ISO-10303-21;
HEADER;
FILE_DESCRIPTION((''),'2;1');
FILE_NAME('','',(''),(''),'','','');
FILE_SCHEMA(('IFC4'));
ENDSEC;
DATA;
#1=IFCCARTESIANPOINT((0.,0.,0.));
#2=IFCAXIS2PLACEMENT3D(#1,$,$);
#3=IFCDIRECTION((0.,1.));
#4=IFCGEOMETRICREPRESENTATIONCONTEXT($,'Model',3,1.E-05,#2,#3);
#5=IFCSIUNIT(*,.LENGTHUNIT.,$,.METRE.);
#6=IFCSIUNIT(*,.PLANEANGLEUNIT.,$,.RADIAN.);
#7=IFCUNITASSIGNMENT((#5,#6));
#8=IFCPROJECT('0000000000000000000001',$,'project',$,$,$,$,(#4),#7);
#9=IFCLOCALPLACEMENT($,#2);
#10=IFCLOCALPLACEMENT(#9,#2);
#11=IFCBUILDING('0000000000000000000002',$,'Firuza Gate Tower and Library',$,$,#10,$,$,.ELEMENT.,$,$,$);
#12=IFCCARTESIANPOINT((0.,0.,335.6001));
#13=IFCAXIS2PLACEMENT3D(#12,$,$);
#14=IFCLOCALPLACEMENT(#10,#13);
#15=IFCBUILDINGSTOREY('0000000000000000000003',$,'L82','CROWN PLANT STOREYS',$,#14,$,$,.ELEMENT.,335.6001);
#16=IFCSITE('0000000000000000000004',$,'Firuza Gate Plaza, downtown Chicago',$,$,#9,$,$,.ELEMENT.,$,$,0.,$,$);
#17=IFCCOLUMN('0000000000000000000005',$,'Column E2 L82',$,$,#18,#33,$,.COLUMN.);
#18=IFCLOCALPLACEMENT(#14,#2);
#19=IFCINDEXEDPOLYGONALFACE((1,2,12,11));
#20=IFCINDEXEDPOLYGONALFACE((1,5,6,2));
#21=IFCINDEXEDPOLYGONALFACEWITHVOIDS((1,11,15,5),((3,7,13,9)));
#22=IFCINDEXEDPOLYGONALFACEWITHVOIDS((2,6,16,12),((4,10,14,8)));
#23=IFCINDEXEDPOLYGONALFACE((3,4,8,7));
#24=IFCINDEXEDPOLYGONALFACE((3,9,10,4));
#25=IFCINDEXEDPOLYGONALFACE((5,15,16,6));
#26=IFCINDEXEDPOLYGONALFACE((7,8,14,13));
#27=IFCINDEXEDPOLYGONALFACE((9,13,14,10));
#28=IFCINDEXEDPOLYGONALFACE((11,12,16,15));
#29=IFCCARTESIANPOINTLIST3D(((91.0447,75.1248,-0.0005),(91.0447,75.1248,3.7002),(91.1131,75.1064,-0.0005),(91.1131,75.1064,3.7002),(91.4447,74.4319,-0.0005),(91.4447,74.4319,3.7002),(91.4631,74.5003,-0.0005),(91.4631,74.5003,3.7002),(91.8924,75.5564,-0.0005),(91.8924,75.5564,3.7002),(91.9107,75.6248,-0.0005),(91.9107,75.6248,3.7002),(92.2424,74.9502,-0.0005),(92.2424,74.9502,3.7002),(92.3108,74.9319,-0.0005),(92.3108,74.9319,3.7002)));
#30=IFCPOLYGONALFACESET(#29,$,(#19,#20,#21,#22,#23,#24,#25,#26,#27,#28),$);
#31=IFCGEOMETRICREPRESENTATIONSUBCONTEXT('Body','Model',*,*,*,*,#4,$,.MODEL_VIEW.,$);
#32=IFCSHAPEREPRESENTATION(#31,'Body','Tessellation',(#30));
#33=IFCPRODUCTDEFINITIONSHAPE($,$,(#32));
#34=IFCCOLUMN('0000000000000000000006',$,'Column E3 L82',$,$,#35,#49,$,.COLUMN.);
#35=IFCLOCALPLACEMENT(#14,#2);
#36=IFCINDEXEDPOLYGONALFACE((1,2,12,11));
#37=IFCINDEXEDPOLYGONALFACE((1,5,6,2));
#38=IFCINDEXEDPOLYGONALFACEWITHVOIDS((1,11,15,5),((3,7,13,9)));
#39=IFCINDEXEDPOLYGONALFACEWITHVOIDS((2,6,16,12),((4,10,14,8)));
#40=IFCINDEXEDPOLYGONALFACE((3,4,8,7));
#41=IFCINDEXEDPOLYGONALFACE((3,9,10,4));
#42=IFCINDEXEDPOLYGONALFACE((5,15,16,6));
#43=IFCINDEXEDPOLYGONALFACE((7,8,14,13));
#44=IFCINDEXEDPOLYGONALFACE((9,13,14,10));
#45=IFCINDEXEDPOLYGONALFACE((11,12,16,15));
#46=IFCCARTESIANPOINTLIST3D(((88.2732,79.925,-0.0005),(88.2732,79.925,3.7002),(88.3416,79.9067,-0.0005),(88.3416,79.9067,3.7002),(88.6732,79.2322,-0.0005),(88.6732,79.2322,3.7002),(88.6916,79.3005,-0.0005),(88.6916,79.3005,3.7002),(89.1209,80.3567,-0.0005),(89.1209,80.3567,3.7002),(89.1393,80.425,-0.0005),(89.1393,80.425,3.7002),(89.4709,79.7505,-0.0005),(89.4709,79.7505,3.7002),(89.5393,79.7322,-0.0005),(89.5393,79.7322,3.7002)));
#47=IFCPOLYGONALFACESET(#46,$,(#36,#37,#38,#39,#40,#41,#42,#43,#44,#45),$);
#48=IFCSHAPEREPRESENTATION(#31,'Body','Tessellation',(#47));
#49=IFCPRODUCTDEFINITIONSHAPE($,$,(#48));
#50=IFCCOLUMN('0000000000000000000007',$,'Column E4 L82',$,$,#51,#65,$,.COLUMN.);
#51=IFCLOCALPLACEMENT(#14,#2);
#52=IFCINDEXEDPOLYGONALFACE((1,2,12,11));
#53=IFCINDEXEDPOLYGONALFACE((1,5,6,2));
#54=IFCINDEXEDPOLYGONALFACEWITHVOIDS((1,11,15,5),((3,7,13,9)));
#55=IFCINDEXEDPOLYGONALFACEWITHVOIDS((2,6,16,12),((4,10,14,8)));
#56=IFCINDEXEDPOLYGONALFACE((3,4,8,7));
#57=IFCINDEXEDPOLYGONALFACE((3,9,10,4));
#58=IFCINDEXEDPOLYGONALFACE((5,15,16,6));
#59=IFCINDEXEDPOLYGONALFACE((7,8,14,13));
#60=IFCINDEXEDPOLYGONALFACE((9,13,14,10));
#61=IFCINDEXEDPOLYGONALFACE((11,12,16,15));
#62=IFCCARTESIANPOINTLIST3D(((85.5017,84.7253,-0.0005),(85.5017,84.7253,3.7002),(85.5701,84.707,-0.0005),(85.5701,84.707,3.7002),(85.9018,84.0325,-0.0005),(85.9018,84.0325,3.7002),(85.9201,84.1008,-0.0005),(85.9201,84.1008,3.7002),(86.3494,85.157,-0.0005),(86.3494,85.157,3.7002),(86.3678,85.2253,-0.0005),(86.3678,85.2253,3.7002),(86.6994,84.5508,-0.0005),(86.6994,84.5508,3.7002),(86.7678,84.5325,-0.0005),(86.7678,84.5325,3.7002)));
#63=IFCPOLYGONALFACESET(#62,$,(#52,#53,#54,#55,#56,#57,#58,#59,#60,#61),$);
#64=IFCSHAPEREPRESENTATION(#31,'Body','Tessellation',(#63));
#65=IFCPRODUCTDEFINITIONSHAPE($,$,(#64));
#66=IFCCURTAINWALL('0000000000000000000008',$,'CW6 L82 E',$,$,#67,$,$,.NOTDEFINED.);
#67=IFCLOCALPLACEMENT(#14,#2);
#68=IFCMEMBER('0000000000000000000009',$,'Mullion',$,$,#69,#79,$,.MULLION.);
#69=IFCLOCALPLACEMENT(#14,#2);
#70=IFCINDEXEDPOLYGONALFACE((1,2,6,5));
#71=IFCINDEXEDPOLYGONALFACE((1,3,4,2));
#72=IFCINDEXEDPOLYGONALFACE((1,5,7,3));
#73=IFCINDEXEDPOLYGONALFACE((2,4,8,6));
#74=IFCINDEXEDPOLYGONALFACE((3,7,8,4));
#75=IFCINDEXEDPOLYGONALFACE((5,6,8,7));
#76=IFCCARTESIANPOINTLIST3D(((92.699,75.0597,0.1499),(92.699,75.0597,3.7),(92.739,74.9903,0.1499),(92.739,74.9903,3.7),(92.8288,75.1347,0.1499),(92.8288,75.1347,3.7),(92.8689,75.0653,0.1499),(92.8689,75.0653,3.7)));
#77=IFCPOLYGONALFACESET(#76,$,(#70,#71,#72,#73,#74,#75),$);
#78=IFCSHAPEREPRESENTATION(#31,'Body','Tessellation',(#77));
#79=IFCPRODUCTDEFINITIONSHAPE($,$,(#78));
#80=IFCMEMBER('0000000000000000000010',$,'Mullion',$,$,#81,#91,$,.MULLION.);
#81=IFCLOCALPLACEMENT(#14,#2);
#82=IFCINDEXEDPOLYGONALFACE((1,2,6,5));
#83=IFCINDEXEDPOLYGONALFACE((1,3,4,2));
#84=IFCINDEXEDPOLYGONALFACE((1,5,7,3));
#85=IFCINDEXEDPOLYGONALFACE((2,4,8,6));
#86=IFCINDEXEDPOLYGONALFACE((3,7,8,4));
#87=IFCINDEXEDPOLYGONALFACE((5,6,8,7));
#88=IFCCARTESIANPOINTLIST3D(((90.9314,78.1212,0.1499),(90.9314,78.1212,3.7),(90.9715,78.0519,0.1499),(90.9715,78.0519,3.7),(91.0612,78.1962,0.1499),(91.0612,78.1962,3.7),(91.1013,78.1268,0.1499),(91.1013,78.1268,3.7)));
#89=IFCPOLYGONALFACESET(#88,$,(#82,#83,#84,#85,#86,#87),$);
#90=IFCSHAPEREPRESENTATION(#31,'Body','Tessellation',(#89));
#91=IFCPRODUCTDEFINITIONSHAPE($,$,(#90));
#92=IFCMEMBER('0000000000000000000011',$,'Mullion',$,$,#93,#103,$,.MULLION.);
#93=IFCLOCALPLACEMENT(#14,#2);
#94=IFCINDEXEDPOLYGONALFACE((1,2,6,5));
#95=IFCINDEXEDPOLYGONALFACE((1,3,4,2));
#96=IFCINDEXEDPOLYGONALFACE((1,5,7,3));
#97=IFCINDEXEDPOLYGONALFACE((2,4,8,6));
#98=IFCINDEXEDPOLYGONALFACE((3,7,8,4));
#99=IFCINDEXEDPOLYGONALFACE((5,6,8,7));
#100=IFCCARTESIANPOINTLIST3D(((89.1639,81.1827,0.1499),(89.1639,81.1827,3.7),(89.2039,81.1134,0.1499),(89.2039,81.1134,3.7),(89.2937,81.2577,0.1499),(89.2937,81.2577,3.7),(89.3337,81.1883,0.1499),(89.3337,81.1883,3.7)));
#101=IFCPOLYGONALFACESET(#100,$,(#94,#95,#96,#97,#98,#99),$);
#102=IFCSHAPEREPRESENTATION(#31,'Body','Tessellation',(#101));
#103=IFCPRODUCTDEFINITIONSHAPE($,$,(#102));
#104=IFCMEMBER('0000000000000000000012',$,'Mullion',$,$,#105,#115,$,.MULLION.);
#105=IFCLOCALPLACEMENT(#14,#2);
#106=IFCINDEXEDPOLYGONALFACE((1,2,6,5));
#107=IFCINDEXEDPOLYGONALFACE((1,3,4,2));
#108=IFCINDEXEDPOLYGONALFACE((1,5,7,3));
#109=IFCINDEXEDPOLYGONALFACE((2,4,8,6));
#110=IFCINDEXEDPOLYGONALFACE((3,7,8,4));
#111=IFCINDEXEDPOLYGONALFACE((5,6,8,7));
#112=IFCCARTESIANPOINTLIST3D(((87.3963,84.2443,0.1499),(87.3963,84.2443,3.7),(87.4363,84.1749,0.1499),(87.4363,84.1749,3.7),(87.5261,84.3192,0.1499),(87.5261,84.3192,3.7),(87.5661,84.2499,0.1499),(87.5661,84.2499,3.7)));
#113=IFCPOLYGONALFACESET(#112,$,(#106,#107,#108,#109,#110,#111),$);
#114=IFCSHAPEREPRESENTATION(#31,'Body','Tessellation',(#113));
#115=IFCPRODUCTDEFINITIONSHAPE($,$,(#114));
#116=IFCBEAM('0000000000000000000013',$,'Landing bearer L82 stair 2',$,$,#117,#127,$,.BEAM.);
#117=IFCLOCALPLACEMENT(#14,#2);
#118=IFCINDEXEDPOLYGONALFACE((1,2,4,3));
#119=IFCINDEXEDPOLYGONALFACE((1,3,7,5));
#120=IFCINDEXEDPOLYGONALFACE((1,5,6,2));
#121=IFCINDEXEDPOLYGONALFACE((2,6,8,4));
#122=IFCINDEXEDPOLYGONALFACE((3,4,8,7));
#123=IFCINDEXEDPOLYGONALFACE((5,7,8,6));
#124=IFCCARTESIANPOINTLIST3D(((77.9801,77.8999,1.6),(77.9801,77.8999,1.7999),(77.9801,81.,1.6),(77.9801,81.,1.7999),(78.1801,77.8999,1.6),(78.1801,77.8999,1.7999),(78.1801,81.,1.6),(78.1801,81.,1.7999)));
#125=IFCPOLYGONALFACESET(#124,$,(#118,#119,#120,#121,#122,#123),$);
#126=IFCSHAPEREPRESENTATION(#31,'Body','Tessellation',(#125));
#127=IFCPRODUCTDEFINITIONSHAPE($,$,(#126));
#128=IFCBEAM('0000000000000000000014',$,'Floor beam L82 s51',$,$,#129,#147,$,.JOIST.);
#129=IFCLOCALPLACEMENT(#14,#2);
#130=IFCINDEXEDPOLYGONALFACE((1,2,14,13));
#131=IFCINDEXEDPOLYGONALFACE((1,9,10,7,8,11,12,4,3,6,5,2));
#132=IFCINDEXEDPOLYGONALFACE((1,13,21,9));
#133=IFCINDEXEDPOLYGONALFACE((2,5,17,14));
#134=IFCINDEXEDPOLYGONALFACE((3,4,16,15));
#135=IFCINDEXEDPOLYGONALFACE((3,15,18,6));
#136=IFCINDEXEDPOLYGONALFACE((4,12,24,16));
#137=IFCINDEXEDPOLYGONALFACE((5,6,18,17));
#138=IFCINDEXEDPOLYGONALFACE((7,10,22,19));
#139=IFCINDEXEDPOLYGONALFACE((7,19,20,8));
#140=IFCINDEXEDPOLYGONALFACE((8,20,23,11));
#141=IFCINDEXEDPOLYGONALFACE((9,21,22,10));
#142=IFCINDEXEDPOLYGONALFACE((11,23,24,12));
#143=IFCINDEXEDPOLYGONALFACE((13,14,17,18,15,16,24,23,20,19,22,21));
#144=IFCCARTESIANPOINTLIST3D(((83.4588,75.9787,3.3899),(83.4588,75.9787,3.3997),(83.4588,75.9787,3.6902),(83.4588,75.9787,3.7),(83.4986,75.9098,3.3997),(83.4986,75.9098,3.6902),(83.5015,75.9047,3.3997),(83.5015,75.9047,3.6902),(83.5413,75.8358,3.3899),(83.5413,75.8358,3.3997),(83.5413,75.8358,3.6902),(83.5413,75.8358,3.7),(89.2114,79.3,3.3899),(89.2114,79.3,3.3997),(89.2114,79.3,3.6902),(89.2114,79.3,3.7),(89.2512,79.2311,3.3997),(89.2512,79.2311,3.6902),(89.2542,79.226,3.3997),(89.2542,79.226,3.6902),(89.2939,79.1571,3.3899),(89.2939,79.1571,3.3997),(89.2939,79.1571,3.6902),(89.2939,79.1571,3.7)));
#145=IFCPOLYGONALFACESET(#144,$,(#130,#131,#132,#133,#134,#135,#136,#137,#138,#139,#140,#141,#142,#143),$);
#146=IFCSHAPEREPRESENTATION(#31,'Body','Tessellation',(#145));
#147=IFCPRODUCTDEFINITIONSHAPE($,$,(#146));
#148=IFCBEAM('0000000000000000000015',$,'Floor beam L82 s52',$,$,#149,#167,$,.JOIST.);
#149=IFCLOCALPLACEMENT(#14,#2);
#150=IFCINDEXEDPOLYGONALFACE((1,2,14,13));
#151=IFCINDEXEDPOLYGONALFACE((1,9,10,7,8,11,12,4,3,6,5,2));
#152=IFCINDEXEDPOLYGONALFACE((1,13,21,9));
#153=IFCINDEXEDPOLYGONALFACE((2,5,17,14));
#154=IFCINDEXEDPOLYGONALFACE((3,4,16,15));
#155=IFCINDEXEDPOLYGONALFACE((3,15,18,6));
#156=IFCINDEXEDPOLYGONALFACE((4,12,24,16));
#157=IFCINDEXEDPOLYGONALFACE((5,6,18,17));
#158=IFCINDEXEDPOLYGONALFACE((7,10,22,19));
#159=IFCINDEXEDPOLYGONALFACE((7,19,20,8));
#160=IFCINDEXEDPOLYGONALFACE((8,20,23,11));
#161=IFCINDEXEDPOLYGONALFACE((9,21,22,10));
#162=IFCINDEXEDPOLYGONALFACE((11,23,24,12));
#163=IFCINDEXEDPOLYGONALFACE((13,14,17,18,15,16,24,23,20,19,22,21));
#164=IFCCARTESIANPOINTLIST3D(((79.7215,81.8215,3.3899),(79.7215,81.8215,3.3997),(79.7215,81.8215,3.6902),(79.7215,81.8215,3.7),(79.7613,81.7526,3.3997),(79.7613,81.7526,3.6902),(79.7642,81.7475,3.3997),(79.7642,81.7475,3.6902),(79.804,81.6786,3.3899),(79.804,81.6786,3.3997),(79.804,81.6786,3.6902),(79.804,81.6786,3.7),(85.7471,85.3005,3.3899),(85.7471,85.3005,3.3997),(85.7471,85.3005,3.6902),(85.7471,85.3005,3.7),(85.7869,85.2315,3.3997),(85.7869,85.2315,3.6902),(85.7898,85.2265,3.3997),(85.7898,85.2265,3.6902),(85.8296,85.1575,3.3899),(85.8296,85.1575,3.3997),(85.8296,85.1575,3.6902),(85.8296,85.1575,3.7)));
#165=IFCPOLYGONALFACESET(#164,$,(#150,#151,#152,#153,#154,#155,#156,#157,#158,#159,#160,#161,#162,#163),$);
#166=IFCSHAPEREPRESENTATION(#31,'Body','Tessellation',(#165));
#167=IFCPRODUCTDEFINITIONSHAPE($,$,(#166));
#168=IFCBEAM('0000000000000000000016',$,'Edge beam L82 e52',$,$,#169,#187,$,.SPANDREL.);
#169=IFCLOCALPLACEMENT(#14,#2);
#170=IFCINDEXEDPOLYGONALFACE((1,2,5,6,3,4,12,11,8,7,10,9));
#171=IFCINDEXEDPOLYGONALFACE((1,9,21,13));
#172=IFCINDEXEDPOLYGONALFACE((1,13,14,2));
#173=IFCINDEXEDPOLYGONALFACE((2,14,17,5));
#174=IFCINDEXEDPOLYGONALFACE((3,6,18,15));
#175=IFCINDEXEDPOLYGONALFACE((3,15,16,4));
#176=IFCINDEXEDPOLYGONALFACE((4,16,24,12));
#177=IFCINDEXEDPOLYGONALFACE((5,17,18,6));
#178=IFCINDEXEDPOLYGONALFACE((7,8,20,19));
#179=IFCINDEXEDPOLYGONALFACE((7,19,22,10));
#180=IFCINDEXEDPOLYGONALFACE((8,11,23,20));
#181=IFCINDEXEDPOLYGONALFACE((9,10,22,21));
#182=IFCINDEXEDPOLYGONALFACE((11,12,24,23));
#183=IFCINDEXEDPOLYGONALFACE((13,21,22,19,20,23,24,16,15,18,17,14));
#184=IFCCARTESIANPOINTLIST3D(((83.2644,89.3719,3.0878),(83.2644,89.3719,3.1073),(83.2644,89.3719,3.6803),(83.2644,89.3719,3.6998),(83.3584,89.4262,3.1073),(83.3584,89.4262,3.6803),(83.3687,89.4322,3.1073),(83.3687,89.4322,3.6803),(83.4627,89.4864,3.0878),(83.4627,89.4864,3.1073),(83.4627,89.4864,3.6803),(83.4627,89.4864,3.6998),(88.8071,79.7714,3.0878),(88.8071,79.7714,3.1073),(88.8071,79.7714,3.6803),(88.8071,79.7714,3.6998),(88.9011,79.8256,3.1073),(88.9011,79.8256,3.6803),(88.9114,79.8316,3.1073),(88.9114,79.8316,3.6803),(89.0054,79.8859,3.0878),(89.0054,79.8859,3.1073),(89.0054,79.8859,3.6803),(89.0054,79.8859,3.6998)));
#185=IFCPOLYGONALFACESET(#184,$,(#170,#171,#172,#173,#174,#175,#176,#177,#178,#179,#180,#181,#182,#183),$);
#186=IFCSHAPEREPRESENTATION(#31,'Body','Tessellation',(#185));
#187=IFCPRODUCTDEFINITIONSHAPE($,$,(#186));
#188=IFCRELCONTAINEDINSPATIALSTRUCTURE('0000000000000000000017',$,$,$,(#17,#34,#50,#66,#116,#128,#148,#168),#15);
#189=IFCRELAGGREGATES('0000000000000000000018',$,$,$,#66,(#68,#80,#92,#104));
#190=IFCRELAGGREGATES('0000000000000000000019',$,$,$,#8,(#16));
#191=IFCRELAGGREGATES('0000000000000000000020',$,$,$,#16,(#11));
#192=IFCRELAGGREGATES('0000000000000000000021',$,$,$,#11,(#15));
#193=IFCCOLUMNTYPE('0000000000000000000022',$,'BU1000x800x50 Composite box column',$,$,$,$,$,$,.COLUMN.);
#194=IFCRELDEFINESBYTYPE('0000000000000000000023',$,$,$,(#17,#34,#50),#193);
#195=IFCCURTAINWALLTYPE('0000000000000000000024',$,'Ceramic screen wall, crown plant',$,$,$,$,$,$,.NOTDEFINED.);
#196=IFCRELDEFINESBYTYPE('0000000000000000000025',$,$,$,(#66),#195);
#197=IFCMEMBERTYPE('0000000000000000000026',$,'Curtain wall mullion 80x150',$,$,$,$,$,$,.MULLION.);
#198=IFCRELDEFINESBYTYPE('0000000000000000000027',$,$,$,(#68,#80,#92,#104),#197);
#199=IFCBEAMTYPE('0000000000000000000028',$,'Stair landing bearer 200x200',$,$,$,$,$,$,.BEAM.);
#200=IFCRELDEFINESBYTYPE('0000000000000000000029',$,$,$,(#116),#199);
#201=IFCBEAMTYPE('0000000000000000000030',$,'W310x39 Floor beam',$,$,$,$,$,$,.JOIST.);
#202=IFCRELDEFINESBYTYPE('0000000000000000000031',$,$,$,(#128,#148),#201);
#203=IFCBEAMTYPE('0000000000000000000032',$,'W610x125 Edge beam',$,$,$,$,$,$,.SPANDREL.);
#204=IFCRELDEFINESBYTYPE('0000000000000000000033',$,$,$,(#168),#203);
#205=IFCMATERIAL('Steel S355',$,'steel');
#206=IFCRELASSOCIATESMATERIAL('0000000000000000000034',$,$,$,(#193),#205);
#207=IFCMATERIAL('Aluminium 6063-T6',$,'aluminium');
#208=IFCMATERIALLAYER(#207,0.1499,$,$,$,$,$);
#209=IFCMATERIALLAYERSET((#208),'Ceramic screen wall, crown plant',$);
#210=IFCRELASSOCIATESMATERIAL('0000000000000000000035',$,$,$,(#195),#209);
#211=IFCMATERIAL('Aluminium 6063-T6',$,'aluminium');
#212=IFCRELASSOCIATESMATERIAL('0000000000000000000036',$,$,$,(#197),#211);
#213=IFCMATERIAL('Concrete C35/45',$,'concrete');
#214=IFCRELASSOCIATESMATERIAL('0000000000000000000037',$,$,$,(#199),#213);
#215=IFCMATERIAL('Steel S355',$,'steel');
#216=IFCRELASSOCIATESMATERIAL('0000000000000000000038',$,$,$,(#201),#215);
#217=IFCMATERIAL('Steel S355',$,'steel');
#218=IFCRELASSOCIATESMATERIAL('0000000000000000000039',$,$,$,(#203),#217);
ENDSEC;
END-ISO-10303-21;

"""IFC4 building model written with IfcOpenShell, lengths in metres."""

from ifc_helpers import new_model, si_unit, direction, frame, origin, origin_2d, place, context, subcontext, project, spatial, rectangle, hollow_rectangle, i_section, extrude, material, layer, layer_set, material_profile, profile_set, type_object, element, aggregate, save


model = new_model("IFC4")

# Units and contexts
model_context = context("Model", 3, precision=1e-05, world=origin(), true_north=direction((0.0, 1.0)))
body_context = subcontext(model_context, "Body", "Model", "MODEL_VIEW")
ifc_project = project(units=[si_unit("LENGTHUNIT", "METRE"), si_unit("PLANEANGLEUNIT", "RADIAN")], contexts=[model_context])

# Site, building, storey
site_placement = place(None, origin())
site = spatial("IfcSite", under=ifc_project, at=site_placement, Name="Firuza Gate Plaza, downtown Chicago", CompositionType="ELEMENT", RefElevation=0.0)
building_placement = place(site_placement, origin())
building = spatial("IfcBuilding", under=site, at=building_placement, Name="Firuza Gate Tower and Library", CompositionType="ELEMENT")
storey_placement = place(building_placement, frame((0.0, 0.0, 335.6001)))
storey = spatial("IfcBuildingStorey", under=building, at=storey_placement, Name="L82", Description="CROWN PLANT STOREYS", CompositionType="ELEMENT", Elevation=335.6001)

# Columns
ifc_material_1 = material(Name="Steel S355", Category="steel")
ifc_material_profile_1 = material_profile(ifc_material_1, hollow_rectangle(XDim=0.8, YDim=1.0, WallThickness=0.05, at=origin_2d()))
ifc_profile_set_1 = profile_set([ifc_material_profile_1], Name="Steel S355")
column_type = type_object("IfcColumnType", Name="BU1000x800x50 Composite box column", PredefinedType="COLUMN", material=ifc_profile_set_1)
for number, where, z_axis, x_axis, name in (
    (1, (91.6777, 75.0283, -0.0005), (0.0, 0.0, 1.0), (-0.5, 0.866025, 0.0), "Column E2 L82"),
    (2, (88.9062, 79.8286, -0.0005), (0.0, 0.0, 1.0), (-0.5, 0.866025, 0.0), "Column E3 L82"),
    (3, (86.1348, 84.6289, -0.0005), (0.0, 0.0, 1.0), (-0.5, 0.866025, 0.0), "Column E4 L82"),
):
    element("IfcColumn", number, at=place(storey_placement, frame(where, z_axis=z_axis, x_axis=x_axis)), inside=storey, type_object=column_type, Name=name, PredefinedType="COLUMN", context=body_context, shape_type="SweptSolid", body=[
        extrude(hollow_rectangle(XDim=0.8, YDim=1.0, WallThickness=0.05, at=origin_2d()), origin(), (0.0, 0.0, 1.0), 3.7007),
    ])

# Curtain wall, members
ifc_material_2 = material(Name="Aluminium 6063-T6", Category="aluminium")
ifc_layer_1 = layer(ifc_material_2, 0.1499)
ifc_layer_set_1 = layer_set([ifc_layer_1], Name="Ceramic screen wall, crown plant")
curtain_wall_type = type_object("IfcCurtainWallType", Name="Ceramic screen wall, crown plant", PredefinedType="NOTDEFINED", material=ifc_layer_set_1)
placement = place(storey_placement, origin())
curtain_wall = element("IfcCurtainWall", 4, at=placement, inside=storey, type_object=curtain_wall_type, Name="CW6 L82 E", PredefinedType="NOTDEFINED")
ifc_material_3 = material(Name="Aluminium 6063-T6", Category="aluminium")
ifc_material_profile_2 = material_profile(ifc_material_3, rectangle(XDim=0.1499, YDim=0.0801, at=origin_2d()))
ifc_profile_set_2 = profile_set([ifc_material_profile_2], Name="Aluminium 6063-T6")
member_type = type_object("IfcMemberType", Name="Curtain wall mullion 80x150", PredefinedType="MULLION", material=ifc_profile_set_2)
member_1_placement = place(storey_placement, frame((92.7839, 75.0625, 0.1499), z_axis=(0.0, 0.0, 1.0), x_axis=(-0.866025, -0.5, 0.0)))
member_1 = element("IfcMember", 5, at=member_1_placement, type_object=member_type, Name="Mullion", PredefinedType="MULLION", context=body_context, shape_type="SweptSolid", body=[
    extrude(rectangle(XDim=0.1499, YDim=0.0801, at=origin_2d()), origin(), (0.0, 0.0, 1.0), 3.55),
])
member_2_placement = place(storey_placement, frame((91.0164, 78.124, 0.1499), z_axis=(0.0, 0.0, 1.0), x_axis=(-0.866025, -0.5, 0.0)))
member_2 = element("IfcMember", 6, at=member_2_placement, type_object=member_type, Name="Mullion", PredefinedType="MULLION", context=body_context, shape_type="SweptSolid", body=[
    extrude(rectangle(XDim=0.1499, YDim=0.0801, at=origin_2d()), origin(), (0.0, 0.0, 1.0), 3.55),
])
member_3_placement = place(storey_placement, frame((89.2488, 81.1855, 0.1499), z_axis=(0.0, 0.0, 1.0), x_axis=(-0.866025, -0.5, 0.0)))
member_3 = element("IfcMember", 7, at=member_3_placement, type_object=member_type, Name="Mullion", PredefinedType="MULLION", context=body_context, shape_type="SweptSolid", body=[
    extrude(rectangle(XDim=0.1499, YDim=0.0801, at=origin_2d()), origin(), (0.0, 0.0, 1.0), 3.55),
])
member_4_placement = place(storey_placement, frame((87.4812, 84.2471, 0.1499), z_axis=(0.0, 0.0, 1.0), x_axis=(-0.866025, -0.5, 0.0)))
member_4 = element("IfcMember", 8, at=member_4_placement, type_object=member_type, Name="Mullion", PredefinedType="MULLION", context=body_context, shape_type="SweptSolid", body=[
    extrude(rectangle(XDim=0.1499, YDim=0.0801, at=origin_2d()), origin(), (0.0, 0.0, 1.0), 3.55),
])

# Beams
ifc_material_4 = material(Name="Concrete C35/45", Category="concrete")
ifc_material_profile_3 = material_profile(ifc_material_4, rectangle(XDim=0.2, YDim=0.2, at=origin_2d()))
ifc_profile_set_3 = profile_set([ifc_material_profile_3], Name="Concrete C35/45")
beam_type_1 = type_object("IfcBeamType", Name="Stair landing bearer 200x200", PredefinedType="BEAM", material=ifc_profile_set_3)
beam_1_placement = place(storey_placement, frame((78.0801, 81.0, 1.7), z_axis=(0.0, -1.0, 0.0), x_axis=(1.0, 0.0, 0.0)))
element("IfcBeam", 9, at=beam_1_placement, inside=storey, type_object=beam_type_1, Name="Landing bearer L82 stair 2", PredefinedType="BEAM", context=body_context, shape_type="SweptSolid", body=[
    extrude(rectangle(XDim=0.2, YDim=0.2, at=origin_2d()), origin(), (0.0, 0.0, 1.0), 3.1001),
])
ifc_material_5 = material(Name="Steel S355", Category="steel")
ifc_material_profile_4 = material_profile(ifc_material_5, i_section(OverallWidth=0.165, OverallDepth=0.3101, WebThickness=0.0059, FlangeThickness=0.0098, at=origin_2d()))
ifc_profile_set_4 = profile_set([ifc_material_profile_4], Name="Steel S355")
beam_type_2 = type_object("IfcBeamType", Name="W310x39 Floor beam", PredefinedType="JOIST", material=ifc_profile_set_4)
beam_2_placement = place(storey_placement, frame((89.2527, 79.2285, 3.5449), z_axis=(-0.866027, -0.499997, 0.0), x_axis=(0.499997, -0.866027, 0.0)))
element("IfcBeam", 10, at=beam_2_placement, inside=storey, type_object=beam_type_2, Name="Floor beam L82 s51", PredefinedType="JOIST", context=body_context, shape_type="SweptSolid", body=[
    extrude(i_section(OverallWidth=0.165, OverallDepth=0.3101, WebThickness=0.0059, FlangeThickness=0.0098, at=origin_2d()), origin(), (0.0, 0.0, 1.0), 6.6426),
])
beam_3_placement = place(storey_placement, frame((85.7883, 85.229, 3.5449), z_axis=(-0.866019, -0.500011, 0.0), x_axis=(0.500011, -0.866019, 0.0)))
element("IfcBeam", 11, at=beam_3_placement, inside=storey, type_object=beam_type_2, Name="Floor beam L82 s52", PredefinedType="JOIST", context=body_context, shape_type="SweptSolid", body=[
    extrude(i_section(OverallWidth=0.165, OverallDepth=0.3101, WebThickness=0.0059, FlangeThickness=0.0098, at=origin_2d()), origin(), (0.0, 0.0, 1.0), 6.9578),
])
ifc_material_6 = material(Name="Steel S355", Category="steel")
ifc_material_profile_5 = material_profile(ifc_material_6, i_section(OverallWidth=0.229, OverallDepth=0.6121, WebThickness=0.012, FlangeThickness=0.0195, at=origin_2d()))
ifc_profile_set_5 = profile_set([ifc_material_profile_5], Name="Steel S355")
beam_type_3 = type_object("IfcBeamType", Name="W610x125 Edge beam", PredefinedType="SPANDREL", material=ifc_profile_set_5)
beam_4_placement = place(storey_placement, frame((88.9062, 79.8286, 3.3938), z_axis=(-0.499988, 0.866032, 0.0), x_axis=(-0.866032, -0.499988, 0.0)))
element("IfcBeam", 12, at=beam_4_placement, inside=storey, type_object=beam_type_3, Name="Edge beam L82 e52", PredefinedType="SPANDREL", context=body_context, shape_type="SweptSolid", body=[
    extrude(i_section(OverallWidth=0.229, OverallDepth=0.6121, WebThickness=0.012, FlangeThickness=0.0195, at=origin_2d()), origin(), (0.0, 0.0, 1.0), 11.0857),
])

aggregate(curtain_wall, [member_1, member_2, member_3, member_4])

save(model, "model.ifc")
